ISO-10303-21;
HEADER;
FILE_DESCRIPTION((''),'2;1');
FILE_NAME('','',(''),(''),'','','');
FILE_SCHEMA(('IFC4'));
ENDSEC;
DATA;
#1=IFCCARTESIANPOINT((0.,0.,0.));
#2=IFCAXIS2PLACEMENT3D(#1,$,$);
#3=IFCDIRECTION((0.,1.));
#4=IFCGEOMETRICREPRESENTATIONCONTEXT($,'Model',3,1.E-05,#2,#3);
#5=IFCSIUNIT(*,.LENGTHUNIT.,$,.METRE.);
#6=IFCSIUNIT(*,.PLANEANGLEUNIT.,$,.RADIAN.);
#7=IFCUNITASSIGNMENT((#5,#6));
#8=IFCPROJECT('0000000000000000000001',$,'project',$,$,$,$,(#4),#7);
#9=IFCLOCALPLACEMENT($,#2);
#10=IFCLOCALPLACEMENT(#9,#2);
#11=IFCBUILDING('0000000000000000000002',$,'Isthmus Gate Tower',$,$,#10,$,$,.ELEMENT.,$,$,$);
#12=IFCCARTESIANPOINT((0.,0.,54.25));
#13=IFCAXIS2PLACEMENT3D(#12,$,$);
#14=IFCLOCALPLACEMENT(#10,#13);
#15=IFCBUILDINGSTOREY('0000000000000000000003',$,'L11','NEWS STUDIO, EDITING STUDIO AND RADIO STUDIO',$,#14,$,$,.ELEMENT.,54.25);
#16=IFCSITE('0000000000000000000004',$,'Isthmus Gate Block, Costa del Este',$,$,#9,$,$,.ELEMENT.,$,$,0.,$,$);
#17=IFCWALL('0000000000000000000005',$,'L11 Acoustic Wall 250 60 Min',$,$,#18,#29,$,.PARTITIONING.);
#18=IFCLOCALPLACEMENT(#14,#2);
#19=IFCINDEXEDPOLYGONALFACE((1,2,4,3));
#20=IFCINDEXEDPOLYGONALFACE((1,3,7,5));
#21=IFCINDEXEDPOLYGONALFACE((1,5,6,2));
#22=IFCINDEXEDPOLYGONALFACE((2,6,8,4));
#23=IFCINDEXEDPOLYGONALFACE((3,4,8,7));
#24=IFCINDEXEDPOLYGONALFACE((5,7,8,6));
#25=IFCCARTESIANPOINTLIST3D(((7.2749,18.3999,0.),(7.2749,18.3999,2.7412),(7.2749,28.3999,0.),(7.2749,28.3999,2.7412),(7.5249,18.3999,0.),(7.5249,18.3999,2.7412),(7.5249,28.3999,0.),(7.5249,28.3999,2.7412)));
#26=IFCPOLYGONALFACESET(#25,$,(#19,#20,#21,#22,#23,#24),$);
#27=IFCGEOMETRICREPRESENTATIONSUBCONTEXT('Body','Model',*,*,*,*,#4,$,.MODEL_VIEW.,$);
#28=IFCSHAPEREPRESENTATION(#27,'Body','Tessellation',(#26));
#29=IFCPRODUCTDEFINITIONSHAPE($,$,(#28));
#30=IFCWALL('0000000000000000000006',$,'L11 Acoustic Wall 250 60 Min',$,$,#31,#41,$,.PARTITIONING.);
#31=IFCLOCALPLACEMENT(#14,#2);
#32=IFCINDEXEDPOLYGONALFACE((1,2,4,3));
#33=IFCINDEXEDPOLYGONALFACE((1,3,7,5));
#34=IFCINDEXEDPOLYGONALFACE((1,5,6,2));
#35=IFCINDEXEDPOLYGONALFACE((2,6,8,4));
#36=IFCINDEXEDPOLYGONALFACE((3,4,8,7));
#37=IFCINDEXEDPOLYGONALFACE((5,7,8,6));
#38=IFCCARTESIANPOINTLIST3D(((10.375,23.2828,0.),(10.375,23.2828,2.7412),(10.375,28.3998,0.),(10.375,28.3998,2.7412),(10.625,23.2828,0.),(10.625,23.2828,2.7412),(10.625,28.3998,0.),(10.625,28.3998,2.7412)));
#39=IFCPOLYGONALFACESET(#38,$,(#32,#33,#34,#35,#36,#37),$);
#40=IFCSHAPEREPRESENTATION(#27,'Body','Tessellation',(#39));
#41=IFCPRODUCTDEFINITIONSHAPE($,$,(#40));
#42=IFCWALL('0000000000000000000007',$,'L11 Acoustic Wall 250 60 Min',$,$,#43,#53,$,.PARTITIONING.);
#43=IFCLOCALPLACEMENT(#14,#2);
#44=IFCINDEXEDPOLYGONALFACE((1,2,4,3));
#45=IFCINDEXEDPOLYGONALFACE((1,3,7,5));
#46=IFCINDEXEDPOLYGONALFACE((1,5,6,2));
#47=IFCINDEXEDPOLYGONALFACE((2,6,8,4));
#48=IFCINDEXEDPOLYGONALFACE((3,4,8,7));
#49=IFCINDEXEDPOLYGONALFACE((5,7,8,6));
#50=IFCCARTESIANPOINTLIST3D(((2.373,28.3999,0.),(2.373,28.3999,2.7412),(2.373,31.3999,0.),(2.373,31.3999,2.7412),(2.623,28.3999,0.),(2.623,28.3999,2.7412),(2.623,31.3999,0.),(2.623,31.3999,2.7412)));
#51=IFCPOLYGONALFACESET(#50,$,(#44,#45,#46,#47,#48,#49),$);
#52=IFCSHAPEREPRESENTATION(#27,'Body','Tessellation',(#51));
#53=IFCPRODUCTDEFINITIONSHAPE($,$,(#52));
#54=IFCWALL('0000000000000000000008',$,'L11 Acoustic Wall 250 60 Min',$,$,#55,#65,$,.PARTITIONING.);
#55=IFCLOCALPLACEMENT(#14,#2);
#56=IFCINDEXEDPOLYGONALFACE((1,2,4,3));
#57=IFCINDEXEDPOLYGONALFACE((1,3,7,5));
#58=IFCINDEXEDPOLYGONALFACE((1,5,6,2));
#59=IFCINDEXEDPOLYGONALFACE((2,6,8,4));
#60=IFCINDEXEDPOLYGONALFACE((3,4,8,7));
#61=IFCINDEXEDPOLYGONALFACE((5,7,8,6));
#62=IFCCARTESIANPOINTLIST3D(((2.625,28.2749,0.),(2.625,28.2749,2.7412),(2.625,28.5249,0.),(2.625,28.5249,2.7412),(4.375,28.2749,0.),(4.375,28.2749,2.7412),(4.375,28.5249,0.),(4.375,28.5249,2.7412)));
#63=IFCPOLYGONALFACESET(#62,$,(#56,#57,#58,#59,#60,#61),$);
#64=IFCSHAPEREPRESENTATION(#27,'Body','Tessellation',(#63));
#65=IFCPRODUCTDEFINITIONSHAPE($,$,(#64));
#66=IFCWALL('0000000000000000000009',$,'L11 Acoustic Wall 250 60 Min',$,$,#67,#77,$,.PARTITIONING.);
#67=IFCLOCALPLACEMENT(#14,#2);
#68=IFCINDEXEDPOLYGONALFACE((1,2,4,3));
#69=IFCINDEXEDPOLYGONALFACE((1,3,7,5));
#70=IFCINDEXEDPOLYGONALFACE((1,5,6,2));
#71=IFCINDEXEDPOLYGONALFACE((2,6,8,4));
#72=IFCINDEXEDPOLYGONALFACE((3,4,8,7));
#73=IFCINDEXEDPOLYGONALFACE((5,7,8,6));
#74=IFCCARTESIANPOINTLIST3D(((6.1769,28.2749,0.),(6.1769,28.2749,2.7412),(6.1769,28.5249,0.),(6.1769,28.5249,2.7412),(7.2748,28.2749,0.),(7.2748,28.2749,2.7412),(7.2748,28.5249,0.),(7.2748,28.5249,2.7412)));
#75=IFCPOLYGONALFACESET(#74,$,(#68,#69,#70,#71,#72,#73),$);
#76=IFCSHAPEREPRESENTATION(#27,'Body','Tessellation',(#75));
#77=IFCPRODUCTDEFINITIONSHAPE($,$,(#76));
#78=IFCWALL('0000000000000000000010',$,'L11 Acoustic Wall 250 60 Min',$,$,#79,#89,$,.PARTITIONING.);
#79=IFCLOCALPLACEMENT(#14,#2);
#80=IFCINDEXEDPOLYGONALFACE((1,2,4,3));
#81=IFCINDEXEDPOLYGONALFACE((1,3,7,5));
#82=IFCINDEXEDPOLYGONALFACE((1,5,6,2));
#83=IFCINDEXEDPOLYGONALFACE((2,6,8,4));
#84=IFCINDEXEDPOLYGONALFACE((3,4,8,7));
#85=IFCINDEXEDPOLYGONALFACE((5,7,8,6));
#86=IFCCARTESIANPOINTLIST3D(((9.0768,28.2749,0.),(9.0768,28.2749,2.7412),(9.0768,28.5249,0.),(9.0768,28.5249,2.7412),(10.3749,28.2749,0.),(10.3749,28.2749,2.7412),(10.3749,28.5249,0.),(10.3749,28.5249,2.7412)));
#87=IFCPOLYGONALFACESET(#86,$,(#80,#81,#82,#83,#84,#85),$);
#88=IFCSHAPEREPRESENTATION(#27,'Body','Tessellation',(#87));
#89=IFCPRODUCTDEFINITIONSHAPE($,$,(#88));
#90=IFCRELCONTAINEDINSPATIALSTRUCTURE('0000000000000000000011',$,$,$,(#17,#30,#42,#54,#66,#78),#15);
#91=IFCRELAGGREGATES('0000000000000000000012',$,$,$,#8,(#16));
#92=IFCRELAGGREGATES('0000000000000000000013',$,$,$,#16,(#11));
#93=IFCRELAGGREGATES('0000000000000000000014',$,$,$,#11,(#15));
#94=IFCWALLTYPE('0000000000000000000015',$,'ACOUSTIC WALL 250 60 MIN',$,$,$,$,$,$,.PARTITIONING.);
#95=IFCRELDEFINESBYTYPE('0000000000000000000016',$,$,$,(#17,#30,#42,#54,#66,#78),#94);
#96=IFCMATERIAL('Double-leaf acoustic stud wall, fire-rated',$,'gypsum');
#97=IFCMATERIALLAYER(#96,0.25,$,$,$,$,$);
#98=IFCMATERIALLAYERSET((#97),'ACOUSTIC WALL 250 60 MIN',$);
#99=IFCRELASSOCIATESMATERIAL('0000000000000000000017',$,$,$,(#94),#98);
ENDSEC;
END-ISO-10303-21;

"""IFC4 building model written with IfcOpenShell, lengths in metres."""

from ifc_helpers import new_model, si_unit, direction, frame, frame_2d, origin, place, context, subcontext, project, spatial, rectangle, extrude, material, layer, layer_set, type_object, element, save


model = new_model("IFC4")

# Units and contexts
model_context = context("Model", 3, precision=1e-05, world=origin(), true_north=direction((0.0, 1.0)))
body_context = subcontext(model_context, "Body", "Model", "MODEL_VIEW")
ifc_project = project(units=[si_unit("LENGTHUNIT", "METRE"), si_unit("PLANEANGLEUNIT", "RADIAN")], contexts=[model_context])

# Site, building, storey
site_placement = place(None, origin())
site = spatial("IfcSite", under=ifc_project, at=site_placement, Name="Isthmus Gate Block, Costa del Este", CompositionType="ELEMENT", RefElevation=0.0)
building_placement = place(site_placement, origin())
building = spatial("IfcBuilding", under=site, at=building_placement, Name="Isthmus Gate Tower", CompositionType="ELEMENT")
storey_placement = place(building_placement, frame((0.0, 0.0, 54.25)))
storey = spatial("IfcBuildingStorey", under=building, at=storey_placement, Name="L11", Description="NEWS STUDIO, EDITING STUDIO AND RADIO STUDIO", CompositionType="ELEMENT", Elevation=54.25)

# Shared definitions
ifc_material_1 = material(Name="Double-leaf acoustic stud wall, fire-rated", Category="gypsum")
ifc_layer_1 = layer(ifc_material_1, 0.25)
ifc_layer_set_1 = layer_set([ifc_layer_1], Name="ACOUSTIC WALL 250 60 MIN")
wall_type = type_object("IfcWallType", Name="ACOUSTIC WALL 250 60 MIN", PredefinedType="PARTITIONING", material=ifc_layer_set_1)

# Walls
wall_1_placement = place(storey_placement, frame((7.3999, 28.3999, 0.0), z_axis=(0.0, 0.0, 1.0), x_axis=(0.0, -1.0, 0.0)))
element("IfcWall", 1, at=wall_1_placement, inside=storey, type_object=wall_type, Name="L11 Acoustic Wall 250 60 Min", PredefinedType="PARTITIONING", context=body_context, shape_type="SweptSolid", body=[
    extrude(rectangle(XDim=10.0, YDim=0.25, at=frame_2d((5.0, 0.0))), origin(), (0.0, 0.0, 1.0), 2.7412),
])
wall_2_placement = place(storey_placement, frame((10.5, 28.3999, 0.0), z_axis=(0.0, 0.0, 1.0), x_axis=(0.0, -1.0, 0.0)))
element("IfcWall", 2, at=wall_2_placement, inside=storey, type_object=wall_type, Name="L11 Acoustic Wall 250 60 Min", PredefinedType="PARTITIONING", context=body_context, shape_type="SweptSolid", body=[
    extrude(rectangle(XDim=5.1169, YDim=0.25, at=frame_2d((2.5586, 0.0))), origin(), (0.0, 0.0, 1.0), 2.7412),
])
wall_3_placement = place(storey_placement, frame((2.498, 28.3999, 0.0), z_axis=(0.0, 0.0, 1.0), x_axis=(0.0, 1.0, 0.0)))
element("IfcWall", 3, at=wall_3_placement, inside=storey, type_object=wall_type, Name="L11 Acoustic Wall 250 60 Min", PredefinedType="PARTITIONING", context=body_context, shape_type="SweptSolid", body=[
    extrude(rectangle(XDim=3.0, YDim=0.25, at=frame_2d((1.5, 0.0))), origin(), (0.0, 0.0, 1.0), 2.7412),
])
wall_4_placement = place(storey_placement, frame((2.625, 28.3999, 0.0), z_axis=(0.0, 0.0, 1.0), x_axis=(1.0, 0.0, 0.0)))
element("IfcWall", 4, at=wall_4_placement, inside=storey, type_object=wall_type, Name="L11 Acoustic Wall 250 60 Min", PredefinedType="PARTITIONING", context=body_context, shape_type="SweptSolid", body=[
    extrude(rectangle(XDim=1.75, YDim=0.25, at=frame_2d((0.875, 0.0))), origin(), (0.0, 0.0, 1.0), 2.7412),
])
wall_5_placement = place(storey_placement, frame((6.177, 28.3999, 0.0), z_axis=(0.0, 0.0, 1.0), x_axis=(1.0, 0.0, 0.0)))
element("IfcWall", 5, at=wall_5_placement, inside=storey, type_object=wall_type, Name="L11 Acoustic Wall 250 60 Min", PredefinedType="PARTITIONING", context=body_context, shape_type="SweptSolid", body=[
    extrude(rectangle(XDim=1.0979, YDim=0.25, at=frame_2d((0.5488, 0.0))), origin(), (0.0, 0.0, 1.0), 2.7412),
])
wall_6_placement = place(storey_placement, frame((9.0769, 28.3999, 0.0), z_axis=(0.0, 0.0, 1.0), x_axis=(1.0, 0.0, 0.0)))
element("IfcWall", 6, at=wall_6_placement, inside=storey, type_object=wall_type, Name="L11 Acoustic Wall 250 60 Min", PredefinedType="PARTITIONING", context=body_context, shape_type="SweptSolid", body=[
    extrude(rectangle(XDim=1.2981, YDim=0.25, at=frame_2d((0.6489, 0.0))), origin(), (0.0, 0.0, 1.0), 2.7412),
])

save(model, "model.ifc")
